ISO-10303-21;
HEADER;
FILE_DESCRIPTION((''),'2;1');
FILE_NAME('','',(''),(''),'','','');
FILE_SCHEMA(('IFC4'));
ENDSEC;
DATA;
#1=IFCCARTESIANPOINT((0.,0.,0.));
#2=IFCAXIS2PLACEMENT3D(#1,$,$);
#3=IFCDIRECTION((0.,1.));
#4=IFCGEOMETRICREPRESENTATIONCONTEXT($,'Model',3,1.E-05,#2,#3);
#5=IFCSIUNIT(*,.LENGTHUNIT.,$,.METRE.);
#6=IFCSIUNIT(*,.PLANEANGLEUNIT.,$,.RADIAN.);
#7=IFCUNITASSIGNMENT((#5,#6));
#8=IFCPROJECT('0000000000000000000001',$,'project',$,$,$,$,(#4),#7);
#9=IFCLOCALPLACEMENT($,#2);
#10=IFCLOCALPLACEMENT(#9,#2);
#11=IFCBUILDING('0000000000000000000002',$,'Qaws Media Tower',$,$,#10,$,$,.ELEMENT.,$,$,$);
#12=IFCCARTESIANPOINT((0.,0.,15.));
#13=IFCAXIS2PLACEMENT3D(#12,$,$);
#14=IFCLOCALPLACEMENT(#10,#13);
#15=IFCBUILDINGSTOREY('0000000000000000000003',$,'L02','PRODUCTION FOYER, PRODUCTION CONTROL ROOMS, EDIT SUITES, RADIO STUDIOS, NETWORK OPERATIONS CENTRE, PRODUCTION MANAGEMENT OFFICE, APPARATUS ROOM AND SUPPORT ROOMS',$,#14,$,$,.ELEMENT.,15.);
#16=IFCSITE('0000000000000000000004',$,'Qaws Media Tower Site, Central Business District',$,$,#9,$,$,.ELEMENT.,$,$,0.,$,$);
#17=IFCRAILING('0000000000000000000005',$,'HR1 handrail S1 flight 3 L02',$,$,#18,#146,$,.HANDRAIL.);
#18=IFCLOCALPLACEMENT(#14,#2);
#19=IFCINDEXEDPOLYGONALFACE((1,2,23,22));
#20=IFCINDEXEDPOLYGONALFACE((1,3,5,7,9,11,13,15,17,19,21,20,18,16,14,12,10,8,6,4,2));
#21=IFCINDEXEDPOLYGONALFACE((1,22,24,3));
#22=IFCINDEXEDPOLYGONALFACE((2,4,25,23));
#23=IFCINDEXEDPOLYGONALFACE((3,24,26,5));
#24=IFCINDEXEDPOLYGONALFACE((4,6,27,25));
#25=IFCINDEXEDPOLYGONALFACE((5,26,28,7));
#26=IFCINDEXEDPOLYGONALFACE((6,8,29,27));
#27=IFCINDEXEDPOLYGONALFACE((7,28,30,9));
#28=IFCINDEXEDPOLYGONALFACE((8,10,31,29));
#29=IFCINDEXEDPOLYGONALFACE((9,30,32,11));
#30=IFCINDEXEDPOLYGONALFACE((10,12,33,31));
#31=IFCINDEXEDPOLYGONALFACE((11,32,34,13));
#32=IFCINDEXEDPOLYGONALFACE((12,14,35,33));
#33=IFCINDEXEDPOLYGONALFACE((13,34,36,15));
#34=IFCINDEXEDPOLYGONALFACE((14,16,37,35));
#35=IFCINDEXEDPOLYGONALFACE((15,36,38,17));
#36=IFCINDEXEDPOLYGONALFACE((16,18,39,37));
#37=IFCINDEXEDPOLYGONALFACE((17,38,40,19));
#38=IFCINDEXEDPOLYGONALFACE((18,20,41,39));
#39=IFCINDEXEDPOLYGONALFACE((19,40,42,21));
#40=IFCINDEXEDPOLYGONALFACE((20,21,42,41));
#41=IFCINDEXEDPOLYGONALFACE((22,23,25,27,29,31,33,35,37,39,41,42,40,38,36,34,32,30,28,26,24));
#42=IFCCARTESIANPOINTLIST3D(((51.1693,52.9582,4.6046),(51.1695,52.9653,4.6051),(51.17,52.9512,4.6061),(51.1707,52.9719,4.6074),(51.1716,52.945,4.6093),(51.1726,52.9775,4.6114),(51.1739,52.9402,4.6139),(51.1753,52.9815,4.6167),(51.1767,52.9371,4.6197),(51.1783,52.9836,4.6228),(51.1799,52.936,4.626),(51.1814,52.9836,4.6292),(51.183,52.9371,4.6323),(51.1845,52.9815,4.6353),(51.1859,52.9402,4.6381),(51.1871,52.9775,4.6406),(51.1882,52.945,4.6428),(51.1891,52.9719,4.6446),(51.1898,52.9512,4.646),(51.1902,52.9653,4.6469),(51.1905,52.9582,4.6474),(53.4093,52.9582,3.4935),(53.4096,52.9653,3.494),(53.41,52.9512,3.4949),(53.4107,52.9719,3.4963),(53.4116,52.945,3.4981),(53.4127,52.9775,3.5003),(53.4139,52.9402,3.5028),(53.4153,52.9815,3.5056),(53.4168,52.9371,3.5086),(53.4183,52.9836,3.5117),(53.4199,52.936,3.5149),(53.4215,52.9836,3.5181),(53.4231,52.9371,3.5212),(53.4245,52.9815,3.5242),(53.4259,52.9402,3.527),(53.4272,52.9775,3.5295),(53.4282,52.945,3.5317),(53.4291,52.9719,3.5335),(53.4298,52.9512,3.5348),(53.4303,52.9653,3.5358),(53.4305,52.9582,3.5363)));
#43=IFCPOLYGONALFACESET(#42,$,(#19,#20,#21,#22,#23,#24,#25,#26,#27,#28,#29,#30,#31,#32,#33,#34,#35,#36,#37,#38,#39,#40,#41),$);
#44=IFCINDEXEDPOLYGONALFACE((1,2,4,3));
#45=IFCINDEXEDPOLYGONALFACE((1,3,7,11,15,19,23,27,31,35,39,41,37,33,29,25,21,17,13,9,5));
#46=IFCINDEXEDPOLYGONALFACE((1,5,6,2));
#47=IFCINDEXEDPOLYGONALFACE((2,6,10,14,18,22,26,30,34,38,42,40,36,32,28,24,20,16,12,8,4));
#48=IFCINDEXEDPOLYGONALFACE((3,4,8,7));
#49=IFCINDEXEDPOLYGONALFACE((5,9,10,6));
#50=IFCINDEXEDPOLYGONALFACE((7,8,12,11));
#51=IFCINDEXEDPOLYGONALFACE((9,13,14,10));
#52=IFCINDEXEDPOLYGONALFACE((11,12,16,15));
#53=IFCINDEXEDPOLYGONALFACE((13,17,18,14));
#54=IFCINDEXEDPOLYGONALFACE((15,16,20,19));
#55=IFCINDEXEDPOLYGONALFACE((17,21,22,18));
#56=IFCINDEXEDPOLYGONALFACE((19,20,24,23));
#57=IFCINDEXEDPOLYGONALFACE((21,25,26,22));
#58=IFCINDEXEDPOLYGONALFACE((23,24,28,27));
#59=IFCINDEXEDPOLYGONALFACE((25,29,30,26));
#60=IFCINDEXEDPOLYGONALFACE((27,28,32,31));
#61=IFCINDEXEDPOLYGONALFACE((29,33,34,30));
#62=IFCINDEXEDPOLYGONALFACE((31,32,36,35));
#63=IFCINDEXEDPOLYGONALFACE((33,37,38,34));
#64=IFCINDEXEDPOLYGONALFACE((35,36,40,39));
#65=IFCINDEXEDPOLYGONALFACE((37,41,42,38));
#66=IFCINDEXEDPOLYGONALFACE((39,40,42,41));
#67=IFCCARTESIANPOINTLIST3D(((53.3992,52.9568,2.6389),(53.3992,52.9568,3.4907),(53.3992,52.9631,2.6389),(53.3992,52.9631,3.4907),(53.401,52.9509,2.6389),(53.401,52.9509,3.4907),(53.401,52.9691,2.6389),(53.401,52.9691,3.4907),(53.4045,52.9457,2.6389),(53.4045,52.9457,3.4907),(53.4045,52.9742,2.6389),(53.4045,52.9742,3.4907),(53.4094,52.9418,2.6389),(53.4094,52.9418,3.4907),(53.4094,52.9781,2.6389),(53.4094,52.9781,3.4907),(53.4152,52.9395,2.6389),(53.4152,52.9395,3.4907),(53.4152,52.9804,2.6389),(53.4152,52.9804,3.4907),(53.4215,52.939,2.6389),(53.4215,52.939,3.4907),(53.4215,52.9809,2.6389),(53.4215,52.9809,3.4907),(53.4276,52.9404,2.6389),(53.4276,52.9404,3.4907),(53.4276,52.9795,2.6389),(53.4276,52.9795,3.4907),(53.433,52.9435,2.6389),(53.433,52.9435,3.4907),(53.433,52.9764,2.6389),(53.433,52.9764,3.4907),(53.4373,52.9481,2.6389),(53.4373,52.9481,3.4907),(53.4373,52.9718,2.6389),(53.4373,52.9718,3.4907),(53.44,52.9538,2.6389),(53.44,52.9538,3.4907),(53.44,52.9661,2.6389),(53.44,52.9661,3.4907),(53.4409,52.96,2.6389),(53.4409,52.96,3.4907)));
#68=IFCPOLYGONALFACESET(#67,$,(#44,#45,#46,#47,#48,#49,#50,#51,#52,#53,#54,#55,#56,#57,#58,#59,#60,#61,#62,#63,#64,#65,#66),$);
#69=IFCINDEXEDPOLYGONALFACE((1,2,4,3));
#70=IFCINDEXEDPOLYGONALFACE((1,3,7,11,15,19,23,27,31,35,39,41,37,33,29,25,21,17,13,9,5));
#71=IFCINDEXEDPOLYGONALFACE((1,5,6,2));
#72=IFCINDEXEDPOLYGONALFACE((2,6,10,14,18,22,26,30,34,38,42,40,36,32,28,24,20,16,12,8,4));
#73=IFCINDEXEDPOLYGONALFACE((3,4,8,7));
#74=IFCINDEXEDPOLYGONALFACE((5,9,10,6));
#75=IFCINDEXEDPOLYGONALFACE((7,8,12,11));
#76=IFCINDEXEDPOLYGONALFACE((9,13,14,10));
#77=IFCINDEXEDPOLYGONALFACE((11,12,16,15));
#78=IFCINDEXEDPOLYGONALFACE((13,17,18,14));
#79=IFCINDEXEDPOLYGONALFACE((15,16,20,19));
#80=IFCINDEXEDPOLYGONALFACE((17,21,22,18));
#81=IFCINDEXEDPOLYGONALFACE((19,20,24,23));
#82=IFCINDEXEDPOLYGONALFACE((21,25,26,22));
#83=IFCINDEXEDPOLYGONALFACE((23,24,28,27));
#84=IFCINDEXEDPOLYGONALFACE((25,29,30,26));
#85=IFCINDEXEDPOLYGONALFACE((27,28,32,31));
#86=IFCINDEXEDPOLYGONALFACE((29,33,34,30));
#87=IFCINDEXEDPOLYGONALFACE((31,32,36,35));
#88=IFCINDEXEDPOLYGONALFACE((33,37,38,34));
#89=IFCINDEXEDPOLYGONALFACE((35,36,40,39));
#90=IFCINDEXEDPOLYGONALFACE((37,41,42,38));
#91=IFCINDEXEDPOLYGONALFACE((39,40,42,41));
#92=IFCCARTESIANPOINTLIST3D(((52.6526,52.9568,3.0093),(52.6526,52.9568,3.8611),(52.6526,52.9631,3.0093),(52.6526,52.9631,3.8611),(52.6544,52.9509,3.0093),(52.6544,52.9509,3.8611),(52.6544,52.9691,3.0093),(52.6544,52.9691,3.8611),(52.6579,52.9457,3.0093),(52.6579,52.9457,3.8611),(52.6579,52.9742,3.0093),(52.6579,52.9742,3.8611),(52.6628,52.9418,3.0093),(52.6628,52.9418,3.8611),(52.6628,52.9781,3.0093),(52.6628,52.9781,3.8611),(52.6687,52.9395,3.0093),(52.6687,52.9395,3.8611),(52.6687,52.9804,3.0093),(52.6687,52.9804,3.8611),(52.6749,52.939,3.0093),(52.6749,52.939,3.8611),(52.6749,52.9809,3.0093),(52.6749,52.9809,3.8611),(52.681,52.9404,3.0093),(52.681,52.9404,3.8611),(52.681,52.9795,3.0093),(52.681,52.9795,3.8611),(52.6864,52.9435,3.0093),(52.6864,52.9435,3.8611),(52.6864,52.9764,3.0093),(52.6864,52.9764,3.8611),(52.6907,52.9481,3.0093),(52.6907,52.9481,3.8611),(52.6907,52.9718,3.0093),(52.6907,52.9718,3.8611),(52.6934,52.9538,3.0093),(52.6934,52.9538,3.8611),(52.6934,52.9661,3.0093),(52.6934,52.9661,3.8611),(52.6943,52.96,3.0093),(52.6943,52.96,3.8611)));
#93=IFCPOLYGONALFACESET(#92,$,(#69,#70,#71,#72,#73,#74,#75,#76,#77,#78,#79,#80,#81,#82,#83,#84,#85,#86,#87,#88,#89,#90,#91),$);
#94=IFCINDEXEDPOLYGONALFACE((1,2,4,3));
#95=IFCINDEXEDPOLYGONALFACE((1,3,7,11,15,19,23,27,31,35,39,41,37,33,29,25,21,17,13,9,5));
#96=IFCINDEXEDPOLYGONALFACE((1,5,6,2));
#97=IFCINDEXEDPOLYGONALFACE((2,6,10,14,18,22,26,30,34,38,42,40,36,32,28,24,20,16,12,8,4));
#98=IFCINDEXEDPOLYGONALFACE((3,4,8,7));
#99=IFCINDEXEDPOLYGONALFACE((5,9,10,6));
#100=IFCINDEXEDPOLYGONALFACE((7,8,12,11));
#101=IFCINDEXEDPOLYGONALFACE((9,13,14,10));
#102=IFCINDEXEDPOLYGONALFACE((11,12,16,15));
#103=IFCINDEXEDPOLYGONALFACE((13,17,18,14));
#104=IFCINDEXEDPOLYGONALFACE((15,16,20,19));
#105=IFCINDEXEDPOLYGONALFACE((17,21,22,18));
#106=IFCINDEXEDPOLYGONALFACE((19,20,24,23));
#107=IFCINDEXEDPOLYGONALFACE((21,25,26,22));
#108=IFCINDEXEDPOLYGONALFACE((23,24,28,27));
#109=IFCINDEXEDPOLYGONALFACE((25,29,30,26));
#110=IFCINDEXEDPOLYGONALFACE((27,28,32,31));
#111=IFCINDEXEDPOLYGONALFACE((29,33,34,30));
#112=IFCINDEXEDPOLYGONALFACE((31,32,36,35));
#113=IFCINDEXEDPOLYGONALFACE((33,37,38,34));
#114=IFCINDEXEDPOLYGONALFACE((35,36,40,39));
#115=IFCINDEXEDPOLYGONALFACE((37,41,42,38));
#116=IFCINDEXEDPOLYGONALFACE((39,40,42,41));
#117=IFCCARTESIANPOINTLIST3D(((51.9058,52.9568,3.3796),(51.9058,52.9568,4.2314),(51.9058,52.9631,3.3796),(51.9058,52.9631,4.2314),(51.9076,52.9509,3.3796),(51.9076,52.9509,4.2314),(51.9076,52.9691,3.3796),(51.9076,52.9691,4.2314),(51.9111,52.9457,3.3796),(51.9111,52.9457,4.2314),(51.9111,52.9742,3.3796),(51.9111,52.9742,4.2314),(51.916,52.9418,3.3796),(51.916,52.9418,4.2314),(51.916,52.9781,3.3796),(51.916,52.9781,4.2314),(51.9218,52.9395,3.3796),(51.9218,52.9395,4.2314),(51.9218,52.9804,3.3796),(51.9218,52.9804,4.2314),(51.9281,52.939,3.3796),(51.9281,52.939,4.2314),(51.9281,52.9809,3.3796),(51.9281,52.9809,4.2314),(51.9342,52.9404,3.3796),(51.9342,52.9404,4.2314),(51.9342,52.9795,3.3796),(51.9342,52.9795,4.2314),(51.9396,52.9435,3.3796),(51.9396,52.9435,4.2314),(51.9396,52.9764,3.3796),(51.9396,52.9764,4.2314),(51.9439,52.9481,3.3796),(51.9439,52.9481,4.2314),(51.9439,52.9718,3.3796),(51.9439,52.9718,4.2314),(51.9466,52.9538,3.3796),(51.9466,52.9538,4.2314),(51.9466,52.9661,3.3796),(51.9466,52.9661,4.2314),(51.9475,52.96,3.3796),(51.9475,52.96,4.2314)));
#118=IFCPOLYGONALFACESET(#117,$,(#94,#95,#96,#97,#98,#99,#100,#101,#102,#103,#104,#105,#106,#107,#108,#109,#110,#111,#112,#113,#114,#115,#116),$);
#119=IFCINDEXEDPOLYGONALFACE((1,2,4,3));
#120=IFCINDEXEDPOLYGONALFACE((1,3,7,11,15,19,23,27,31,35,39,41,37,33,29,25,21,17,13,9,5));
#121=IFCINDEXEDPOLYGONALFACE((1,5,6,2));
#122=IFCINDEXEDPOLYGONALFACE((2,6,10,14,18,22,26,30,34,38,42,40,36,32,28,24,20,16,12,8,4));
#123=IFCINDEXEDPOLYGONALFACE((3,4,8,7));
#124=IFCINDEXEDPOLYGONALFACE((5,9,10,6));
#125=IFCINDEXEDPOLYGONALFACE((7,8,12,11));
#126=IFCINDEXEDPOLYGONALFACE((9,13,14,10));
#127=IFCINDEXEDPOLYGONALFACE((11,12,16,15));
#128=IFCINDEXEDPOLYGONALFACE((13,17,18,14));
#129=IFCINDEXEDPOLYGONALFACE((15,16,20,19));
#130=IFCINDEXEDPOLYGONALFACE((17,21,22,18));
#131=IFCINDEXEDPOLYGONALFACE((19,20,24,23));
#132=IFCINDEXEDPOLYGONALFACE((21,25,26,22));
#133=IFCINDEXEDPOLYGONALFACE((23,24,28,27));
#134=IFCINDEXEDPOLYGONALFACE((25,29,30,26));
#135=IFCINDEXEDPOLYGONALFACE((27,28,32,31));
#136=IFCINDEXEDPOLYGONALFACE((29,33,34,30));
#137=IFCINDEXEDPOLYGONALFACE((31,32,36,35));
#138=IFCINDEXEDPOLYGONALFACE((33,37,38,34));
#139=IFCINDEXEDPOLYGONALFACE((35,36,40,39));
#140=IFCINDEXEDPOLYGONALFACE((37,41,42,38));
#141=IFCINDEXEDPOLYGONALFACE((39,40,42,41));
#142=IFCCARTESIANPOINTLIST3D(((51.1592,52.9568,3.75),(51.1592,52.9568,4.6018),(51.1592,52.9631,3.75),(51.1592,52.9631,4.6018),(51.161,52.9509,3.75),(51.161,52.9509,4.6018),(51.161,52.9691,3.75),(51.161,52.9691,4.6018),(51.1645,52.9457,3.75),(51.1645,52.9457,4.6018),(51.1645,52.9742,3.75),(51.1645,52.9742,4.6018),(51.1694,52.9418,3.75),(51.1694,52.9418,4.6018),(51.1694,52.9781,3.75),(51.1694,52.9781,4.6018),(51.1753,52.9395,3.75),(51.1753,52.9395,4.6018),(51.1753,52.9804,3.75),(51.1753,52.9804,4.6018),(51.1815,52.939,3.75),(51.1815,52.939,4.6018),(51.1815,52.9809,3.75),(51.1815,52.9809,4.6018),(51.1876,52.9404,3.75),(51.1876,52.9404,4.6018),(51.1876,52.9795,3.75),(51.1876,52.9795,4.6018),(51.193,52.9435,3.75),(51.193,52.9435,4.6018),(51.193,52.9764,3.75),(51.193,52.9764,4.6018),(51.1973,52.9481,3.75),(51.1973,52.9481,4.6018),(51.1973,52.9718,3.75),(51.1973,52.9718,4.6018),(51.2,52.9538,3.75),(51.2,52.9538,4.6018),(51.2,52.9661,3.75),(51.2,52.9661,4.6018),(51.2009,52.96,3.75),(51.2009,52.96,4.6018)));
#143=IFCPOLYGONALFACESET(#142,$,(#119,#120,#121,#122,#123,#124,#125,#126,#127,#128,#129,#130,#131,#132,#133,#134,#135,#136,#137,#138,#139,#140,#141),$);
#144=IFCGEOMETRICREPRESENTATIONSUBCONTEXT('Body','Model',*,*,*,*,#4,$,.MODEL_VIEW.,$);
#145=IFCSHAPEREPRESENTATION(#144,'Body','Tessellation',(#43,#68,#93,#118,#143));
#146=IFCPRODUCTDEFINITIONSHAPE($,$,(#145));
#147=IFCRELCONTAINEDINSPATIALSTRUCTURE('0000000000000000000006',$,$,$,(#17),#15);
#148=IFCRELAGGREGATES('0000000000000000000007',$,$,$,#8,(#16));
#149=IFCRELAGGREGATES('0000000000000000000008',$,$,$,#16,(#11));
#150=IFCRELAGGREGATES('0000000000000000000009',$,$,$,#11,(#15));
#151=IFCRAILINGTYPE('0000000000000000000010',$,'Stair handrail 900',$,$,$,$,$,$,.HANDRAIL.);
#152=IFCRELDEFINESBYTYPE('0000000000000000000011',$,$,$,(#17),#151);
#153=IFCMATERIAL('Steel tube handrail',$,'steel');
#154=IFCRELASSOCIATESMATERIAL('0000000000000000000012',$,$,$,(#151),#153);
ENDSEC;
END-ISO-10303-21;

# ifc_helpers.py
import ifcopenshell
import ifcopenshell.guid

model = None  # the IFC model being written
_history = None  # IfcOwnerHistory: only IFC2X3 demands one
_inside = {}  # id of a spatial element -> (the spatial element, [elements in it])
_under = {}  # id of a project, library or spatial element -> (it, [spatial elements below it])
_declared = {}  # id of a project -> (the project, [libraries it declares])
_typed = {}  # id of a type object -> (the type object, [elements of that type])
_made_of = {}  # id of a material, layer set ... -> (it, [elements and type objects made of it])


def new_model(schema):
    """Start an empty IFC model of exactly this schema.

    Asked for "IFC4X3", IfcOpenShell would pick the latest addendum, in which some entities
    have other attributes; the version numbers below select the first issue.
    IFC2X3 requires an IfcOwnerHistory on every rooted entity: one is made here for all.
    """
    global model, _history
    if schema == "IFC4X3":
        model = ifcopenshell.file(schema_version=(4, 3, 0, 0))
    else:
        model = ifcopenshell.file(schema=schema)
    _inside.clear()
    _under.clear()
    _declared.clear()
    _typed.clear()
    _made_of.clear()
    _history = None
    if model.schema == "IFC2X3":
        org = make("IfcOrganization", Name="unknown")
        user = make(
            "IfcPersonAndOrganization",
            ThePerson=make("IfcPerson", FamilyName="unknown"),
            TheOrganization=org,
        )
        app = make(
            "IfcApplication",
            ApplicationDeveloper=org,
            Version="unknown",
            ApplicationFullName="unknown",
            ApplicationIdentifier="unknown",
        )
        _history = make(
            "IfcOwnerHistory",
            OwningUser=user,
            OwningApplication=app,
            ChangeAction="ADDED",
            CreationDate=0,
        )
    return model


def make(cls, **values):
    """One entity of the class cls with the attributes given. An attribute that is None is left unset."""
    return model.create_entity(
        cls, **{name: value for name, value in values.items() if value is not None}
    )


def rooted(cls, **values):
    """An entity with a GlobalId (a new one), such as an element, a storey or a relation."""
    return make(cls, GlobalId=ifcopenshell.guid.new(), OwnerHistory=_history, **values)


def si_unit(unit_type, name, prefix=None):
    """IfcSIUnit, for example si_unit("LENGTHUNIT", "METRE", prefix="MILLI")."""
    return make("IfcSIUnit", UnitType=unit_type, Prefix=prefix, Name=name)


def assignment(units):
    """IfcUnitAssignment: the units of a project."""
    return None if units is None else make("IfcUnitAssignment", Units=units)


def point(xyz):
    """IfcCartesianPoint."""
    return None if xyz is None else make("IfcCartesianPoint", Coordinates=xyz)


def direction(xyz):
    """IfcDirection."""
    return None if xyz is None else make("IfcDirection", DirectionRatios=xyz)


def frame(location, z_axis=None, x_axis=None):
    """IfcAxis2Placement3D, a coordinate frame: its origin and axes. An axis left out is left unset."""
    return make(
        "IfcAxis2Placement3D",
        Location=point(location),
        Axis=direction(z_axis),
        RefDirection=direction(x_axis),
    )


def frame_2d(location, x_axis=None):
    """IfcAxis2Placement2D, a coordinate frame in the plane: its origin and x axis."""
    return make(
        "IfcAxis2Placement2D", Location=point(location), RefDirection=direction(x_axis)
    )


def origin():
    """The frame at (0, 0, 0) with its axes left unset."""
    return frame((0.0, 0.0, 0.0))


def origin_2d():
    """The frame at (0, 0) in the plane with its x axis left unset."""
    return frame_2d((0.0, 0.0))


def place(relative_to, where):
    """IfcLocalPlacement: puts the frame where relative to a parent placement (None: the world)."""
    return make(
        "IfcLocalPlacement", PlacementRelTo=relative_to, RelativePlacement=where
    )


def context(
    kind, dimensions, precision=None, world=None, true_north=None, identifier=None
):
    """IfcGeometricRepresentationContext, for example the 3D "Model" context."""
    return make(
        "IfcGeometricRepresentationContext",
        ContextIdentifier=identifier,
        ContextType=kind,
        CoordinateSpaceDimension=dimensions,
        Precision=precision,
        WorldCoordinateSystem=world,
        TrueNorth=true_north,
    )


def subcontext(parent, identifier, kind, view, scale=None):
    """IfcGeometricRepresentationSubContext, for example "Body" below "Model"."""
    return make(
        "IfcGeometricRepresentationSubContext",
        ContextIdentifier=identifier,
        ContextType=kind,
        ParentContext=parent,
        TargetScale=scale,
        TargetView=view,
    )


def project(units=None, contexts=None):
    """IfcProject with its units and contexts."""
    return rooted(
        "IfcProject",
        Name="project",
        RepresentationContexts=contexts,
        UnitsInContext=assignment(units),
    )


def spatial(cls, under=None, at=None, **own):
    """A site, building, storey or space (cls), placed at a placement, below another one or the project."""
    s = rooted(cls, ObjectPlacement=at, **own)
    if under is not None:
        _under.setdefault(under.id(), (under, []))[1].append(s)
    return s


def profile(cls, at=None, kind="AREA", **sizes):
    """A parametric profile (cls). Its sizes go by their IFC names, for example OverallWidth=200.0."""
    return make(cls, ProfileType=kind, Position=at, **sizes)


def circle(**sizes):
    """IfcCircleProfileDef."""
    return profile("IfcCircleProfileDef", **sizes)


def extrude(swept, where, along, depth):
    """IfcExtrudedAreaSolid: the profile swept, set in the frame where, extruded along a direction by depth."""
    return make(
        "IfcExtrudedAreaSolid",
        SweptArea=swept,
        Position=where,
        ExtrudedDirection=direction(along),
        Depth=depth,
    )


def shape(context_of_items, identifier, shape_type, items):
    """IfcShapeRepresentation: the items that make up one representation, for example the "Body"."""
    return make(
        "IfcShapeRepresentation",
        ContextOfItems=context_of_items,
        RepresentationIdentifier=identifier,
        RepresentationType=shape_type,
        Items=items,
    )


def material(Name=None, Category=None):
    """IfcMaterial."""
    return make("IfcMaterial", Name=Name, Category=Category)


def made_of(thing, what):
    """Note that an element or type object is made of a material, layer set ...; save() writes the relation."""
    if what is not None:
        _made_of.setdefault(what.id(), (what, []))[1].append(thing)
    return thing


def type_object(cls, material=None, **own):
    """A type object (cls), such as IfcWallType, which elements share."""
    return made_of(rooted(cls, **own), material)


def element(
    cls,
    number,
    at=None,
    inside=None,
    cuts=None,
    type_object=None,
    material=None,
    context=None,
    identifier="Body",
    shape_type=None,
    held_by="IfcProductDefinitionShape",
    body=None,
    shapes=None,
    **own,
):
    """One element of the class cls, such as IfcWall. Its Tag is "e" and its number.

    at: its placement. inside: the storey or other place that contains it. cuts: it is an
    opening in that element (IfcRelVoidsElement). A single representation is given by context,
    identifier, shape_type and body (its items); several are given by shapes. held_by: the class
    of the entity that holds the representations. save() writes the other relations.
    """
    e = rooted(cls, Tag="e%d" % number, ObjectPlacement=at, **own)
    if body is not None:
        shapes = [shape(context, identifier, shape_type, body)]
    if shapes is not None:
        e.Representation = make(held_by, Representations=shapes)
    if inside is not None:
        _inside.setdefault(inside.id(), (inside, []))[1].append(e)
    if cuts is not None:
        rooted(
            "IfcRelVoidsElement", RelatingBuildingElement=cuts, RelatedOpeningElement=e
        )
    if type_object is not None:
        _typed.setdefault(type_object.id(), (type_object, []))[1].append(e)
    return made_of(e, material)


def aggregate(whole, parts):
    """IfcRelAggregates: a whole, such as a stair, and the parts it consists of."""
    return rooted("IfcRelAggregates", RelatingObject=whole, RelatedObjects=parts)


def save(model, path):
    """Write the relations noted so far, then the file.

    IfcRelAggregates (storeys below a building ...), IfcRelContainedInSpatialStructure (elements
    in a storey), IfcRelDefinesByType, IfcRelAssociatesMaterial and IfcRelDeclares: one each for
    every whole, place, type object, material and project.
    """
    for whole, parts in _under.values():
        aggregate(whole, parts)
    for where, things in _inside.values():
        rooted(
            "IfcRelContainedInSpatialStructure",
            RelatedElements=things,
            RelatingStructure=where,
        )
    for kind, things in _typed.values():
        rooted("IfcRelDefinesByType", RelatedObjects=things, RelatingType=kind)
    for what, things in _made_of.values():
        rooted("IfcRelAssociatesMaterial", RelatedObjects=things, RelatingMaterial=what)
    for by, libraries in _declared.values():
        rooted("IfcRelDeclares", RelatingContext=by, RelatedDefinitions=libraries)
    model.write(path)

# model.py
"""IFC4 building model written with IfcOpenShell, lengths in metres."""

from ifc_helpers import new_model, si_unit, direction, frame, origin, origin_2d, place, context, subcontext, project, spatial, circle, extrude, material, type_object, element, save


model = new_model("IFC4")

# Units and contexts
model_context = context("Model", 3, precision=1e-05, world=origin(), true_north=direction((0.0, 1.0)))
body_context = subcontext(model_context, "Body", "Model", "MODEL_VIEW")
ifc_project = project(units=[si_unit("LENGTHUNIT", "METRE"), si_unit("PLANEANGLEUNIT", "RADIAN")], contexts=[model_context])

# Site, building, storey
site_placement = place(None, origin())
site = spatial("IfcSite", under=ifc_project, at=site_placement, Name="Qaws Media Tower Site, Central Business District", CompositionType="ELEMENT", RefElevation=0.0)
building_placement = place(site_placement, origin())
building = spatial("IfcBuilding", under=site, at=building_placement, Name="Qaws Media Tower", CompositionType="ELEMENT")
storey_placement = place(building_placement, frame((0.0, 0.0, 15.0)))
storey = spatial("IfcBuildingStorey", under=building, at=storey_placement, Name="L02", Description="PRODUCTION FOYER, PRODUCTION CONTROL ROOMS, EDIT SUITES, RADIO STUDIOS, NETWORK OPERATIONS CENTRE, PRODUCTION MANAGEMENT OFFICE, APPARATUS ROOM AND SUPPORT ROOMS", CompositionType="ELEMENT", Elevation=15.0)

# Railing
ifc_material_1 = material(Name="Steel tube handrail", Category="steel")
railing_type = type_object("IfcRailingType", Name="Stair handrail 900", PredefinedType="HANDRAIL", material=ifc_material_1)
for number, where, name in (
    (1, (53.4199, 52.96, 2.6389), "HR1 handrail S1 flight 3 L02"),
):
    element("IfcRailing", number, at=place(storey_placement, frame(where)), inside=storey, type_object=railing_type, Name=name, PredefinedType="HANDRAIL", context=body_context, shape_type="SweptSolid", body=[
        extrude(circle(Radius=0.0239, at=origin_2d()), frame((0.0, 0.0, 0.876), z_axis=(-0.895848, 0.0, 0.44436), x_axis=(0.0, -1.0, 0.0)), (0.0, 0.0, 1.0), 2.5005),
        extrude(circle(Radius=0.021, at=origin_2d()), origin(), (0.0, 0.0, 1.0), 0.8518),
        extrude(circle(Radius=0.021, at=origin_2d()), frame((-0.7466, 0.0, 0.3704)), (0.0, 0.0, 1.0), 0.8518),
        extrude(circle(Radius=0.021, at=origin_2d()), frame((-1.4934, 0.0, 0.7407)), (0.0, 0.0, 1.0), 0.8518),
        extrude(circle(Radius=0.021, at=origin_2d()), frame((-2.24, 0.0, 1.1111)), (0.0, 0.0, 1.0), 0.8518),
    ])

save(model, "model.ifc")
